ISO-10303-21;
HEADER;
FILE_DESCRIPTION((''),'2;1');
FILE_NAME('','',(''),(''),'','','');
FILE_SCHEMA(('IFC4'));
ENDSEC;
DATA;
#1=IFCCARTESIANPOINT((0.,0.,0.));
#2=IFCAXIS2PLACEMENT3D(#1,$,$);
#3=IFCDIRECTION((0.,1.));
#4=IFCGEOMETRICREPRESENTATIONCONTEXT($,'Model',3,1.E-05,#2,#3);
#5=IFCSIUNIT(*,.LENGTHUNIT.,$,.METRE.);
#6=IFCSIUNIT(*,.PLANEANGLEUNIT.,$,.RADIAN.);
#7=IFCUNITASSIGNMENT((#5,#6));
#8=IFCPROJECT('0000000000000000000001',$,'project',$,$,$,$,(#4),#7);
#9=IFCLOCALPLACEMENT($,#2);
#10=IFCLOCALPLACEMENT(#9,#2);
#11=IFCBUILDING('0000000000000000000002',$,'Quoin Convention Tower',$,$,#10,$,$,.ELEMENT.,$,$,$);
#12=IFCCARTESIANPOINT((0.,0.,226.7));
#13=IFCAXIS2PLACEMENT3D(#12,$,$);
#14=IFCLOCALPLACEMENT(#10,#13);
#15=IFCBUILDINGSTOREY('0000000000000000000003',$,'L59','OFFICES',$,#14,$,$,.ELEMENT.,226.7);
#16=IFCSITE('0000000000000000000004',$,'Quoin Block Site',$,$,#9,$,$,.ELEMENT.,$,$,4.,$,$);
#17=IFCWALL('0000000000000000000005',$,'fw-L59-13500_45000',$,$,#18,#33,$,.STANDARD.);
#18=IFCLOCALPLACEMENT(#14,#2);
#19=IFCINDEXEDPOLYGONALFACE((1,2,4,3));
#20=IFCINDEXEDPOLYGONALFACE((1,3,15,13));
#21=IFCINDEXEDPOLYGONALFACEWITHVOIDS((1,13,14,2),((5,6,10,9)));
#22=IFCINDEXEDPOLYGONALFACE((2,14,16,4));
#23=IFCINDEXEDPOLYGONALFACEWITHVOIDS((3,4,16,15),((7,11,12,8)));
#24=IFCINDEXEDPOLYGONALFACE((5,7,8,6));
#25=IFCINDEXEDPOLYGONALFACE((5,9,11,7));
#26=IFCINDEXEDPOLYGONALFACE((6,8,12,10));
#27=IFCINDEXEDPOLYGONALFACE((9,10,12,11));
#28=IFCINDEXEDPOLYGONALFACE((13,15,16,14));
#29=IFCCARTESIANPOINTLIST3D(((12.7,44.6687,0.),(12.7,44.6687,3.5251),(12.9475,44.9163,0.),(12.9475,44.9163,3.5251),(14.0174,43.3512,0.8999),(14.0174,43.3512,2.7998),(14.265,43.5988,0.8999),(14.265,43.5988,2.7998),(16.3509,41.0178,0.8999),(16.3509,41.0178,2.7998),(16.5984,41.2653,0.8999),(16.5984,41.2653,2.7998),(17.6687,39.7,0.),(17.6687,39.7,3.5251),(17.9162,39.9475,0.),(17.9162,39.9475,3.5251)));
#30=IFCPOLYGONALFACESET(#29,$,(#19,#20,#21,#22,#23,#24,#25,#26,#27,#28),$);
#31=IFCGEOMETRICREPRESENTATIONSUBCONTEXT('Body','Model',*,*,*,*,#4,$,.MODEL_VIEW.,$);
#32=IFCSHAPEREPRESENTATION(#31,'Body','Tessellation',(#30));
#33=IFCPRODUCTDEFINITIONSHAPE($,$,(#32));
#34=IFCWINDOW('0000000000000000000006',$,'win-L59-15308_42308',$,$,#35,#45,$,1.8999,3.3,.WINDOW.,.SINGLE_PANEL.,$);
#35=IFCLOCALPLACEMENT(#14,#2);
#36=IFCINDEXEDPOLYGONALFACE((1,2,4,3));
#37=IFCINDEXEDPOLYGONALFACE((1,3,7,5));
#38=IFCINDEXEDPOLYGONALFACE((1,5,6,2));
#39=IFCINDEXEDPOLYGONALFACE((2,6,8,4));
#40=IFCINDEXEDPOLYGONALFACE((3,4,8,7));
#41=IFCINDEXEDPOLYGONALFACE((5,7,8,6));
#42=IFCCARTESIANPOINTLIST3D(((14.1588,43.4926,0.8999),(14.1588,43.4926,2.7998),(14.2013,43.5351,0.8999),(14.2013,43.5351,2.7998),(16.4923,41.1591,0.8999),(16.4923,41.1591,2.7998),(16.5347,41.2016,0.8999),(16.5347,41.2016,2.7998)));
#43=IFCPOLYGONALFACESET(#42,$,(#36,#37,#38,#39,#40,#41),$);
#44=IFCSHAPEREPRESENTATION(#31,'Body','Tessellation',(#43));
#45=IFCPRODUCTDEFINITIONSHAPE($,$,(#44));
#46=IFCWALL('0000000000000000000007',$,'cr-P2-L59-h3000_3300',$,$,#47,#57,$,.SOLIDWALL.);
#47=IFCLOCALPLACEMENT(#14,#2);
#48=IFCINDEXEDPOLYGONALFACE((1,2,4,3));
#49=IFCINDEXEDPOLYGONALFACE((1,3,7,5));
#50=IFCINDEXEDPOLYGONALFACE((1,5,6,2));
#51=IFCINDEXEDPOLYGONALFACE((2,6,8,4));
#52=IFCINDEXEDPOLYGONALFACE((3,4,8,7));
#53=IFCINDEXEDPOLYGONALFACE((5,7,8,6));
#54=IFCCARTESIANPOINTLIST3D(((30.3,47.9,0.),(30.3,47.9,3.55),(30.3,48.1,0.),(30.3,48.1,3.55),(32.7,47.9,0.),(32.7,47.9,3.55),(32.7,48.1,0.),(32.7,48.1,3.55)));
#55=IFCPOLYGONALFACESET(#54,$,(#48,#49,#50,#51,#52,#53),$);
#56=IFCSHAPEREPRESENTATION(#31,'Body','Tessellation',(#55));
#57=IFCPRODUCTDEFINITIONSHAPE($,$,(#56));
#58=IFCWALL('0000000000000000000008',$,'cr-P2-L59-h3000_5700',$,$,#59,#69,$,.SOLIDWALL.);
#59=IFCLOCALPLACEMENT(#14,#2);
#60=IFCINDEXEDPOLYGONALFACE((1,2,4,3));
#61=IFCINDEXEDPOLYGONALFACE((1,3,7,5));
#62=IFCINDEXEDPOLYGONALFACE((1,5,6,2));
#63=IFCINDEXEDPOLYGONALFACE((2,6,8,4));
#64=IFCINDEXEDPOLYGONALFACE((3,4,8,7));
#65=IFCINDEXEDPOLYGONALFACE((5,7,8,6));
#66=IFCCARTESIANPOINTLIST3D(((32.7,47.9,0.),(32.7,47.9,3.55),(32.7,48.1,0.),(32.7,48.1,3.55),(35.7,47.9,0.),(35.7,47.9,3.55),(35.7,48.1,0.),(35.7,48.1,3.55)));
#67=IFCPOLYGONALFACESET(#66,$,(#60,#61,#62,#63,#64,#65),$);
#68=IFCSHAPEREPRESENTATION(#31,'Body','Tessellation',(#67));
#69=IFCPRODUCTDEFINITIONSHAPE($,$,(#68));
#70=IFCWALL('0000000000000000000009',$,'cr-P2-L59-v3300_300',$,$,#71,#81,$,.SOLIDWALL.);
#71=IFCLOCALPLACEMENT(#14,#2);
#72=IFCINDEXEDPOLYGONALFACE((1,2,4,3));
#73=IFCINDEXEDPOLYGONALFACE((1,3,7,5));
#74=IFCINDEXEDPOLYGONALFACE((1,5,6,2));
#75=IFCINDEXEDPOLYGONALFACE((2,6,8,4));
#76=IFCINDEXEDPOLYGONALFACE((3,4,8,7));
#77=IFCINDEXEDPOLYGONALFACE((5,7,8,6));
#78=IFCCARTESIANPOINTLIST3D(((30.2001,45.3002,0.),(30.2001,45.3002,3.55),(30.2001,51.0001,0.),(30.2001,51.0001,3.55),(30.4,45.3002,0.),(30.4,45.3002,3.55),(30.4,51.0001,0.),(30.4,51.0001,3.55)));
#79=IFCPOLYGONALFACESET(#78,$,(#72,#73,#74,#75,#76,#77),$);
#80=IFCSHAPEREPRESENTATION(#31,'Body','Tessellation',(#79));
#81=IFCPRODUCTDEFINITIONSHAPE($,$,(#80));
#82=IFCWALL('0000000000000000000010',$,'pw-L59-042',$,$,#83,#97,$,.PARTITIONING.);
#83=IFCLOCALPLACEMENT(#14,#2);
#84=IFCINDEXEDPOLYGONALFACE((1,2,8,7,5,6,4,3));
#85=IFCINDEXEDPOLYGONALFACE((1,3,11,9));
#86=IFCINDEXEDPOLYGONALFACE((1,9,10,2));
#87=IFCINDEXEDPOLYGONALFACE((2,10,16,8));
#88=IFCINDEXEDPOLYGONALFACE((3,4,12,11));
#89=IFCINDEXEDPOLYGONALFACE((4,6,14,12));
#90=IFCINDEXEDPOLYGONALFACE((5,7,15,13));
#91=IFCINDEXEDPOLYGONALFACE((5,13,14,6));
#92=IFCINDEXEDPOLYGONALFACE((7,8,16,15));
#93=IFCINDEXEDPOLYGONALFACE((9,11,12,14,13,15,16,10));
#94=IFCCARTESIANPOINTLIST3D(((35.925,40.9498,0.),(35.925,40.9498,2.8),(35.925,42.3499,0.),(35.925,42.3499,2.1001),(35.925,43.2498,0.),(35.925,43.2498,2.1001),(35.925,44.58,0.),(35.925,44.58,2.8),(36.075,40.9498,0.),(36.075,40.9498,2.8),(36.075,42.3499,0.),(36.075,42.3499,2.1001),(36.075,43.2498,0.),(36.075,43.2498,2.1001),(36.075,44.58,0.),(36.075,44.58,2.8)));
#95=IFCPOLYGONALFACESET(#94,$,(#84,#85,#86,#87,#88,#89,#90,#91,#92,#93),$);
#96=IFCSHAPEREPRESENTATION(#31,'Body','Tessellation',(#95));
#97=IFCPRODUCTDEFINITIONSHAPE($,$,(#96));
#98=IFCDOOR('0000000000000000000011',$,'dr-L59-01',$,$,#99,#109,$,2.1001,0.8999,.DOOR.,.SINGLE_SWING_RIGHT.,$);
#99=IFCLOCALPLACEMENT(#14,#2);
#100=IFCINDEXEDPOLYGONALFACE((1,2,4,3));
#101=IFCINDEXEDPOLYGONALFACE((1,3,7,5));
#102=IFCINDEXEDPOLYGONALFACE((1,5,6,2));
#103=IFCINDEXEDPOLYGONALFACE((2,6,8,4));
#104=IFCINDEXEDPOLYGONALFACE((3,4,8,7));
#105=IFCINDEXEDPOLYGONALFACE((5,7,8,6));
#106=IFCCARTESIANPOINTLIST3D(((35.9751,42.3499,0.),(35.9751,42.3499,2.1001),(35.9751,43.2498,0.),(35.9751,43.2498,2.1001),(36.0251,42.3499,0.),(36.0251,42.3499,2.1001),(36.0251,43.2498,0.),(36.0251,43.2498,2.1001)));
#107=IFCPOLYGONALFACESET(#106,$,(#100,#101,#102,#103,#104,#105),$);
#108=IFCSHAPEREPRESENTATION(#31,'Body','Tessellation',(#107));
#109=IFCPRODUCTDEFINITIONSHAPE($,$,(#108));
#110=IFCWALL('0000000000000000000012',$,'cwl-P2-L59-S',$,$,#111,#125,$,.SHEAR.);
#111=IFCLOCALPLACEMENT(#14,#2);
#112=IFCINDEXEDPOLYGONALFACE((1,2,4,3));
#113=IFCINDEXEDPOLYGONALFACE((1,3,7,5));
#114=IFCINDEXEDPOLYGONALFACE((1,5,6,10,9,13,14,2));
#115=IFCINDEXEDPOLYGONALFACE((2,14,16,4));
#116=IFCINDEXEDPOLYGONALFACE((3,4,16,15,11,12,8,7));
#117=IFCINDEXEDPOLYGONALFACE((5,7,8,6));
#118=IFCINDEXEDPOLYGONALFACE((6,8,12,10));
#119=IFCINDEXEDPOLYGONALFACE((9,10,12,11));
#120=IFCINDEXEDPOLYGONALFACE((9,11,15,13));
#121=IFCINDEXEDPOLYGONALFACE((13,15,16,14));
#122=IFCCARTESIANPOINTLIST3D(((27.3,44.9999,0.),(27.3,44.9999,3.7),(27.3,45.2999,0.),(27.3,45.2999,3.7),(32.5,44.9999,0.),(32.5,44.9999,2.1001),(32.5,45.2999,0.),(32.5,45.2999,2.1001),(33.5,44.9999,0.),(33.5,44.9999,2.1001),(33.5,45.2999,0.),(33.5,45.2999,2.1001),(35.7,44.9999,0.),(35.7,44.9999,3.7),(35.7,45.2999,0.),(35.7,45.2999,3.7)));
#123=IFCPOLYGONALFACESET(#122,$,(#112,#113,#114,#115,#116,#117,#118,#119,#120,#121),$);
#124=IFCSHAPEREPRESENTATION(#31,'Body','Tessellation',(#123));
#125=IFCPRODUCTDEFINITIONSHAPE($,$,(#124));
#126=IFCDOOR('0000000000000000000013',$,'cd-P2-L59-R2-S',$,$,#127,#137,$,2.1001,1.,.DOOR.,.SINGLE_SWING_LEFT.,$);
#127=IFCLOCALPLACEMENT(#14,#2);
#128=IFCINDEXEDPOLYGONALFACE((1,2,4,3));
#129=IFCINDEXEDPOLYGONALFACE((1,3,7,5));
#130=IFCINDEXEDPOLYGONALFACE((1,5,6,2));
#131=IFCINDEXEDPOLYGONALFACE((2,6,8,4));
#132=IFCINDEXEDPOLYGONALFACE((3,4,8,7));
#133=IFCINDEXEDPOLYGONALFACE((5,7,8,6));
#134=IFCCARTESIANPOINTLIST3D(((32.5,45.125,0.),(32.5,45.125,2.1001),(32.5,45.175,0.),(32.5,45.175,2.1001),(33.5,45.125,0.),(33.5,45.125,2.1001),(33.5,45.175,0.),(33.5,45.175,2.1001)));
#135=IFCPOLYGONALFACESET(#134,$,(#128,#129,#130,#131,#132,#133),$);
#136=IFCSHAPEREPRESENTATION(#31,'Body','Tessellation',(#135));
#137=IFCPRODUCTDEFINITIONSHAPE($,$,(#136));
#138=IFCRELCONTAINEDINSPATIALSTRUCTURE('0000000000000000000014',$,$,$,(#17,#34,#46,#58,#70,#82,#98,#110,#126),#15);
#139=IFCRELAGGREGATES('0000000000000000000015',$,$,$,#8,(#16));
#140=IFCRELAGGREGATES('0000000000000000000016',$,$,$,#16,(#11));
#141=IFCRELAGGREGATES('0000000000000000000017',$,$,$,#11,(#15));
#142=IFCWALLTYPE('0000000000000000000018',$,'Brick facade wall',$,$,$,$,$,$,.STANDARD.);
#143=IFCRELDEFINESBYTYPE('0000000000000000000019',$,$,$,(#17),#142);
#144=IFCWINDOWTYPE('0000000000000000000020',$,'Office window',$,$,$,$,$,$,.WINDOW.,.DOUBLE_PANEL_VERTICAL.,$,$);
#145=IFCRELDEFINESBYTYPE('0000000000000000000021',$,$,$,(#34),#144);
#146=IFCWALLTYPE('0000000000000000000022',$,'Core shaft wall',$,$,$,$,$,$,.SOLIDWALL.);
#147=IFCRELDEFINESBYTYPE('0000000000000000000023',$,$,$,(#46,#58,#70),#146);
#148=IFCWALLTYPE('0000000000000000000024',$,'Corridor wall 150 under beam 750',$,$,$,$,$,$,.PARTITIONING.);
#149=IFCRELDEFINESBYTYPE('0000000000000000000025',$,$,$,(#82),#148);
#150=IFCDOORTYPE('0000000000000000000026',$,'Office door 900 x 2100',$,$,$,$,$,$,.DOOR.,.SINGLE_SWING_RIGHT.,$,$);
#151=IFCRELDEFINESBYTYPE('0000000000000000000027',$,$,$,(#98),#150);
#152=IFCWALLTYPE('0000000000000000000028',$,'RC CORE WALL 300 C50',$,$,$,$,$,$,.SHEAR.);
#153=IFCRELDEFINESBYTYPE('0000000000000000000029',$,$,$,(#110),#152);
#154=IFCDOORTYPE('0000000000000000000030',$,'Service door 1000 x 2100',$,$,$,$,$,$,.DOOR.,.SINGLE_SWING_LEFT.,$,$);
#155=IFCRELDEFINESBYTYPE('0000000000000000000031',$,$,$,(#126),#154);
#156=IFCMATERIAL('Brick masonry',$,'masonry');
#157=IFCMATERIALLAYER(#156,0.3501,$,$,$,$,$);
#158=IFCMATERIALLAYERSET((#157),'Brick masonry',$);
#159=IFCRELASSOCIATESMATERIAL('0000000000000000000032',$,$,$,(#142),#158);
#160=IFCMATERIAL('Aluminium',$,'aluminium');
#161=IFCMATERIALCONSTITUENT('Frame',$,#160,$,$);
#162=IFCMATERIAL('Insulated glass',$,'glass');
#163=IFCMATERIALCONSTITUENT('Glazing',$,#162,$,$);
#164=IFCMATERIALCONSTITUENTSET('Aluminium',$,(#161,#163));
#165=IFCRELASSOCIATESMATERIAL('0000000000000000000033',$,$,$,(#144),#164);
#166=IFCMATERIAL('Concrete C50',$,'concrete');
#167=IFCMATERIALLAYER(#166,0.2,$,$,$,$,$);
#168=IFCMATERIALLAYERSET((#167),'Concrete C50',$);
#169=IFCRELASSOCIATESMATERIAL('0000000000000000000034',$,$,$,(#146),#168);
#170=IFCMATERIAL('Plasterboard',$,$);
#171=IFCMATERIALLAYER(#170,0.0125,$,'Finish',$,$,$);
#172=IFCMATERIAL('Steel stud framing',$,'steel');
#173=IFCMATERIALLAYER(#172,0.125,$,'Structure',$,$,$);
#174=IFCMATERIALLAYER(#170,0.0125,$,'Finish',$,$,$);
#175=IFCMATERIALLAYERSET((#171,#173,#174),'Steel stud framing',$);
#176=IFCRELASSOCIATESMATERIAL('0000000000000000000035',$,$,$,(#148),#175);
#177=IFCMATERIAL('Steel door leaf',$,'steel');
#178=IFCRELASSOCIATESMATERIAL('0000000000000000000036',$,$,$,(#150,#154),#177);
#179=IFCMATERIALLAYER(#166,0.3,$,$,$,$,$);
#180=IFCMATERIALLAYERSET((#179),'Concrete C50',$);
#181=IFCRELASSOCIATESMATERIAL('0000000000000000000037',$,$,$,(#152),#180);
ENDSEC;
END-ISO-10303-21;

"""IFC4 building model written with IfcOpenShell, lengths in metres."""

from ifc_helpers import new_model, si_unit, direction, frame, frame_2d, origin, place, context, subcontext, project, spatial, rectangle, extrude, material, layer, layer_set, constituent, constituent_set, type_object, element, fill, save


model = new_model("IFC4")

# Units and contexts
model_context = context("Model", 3, precision=1e-05, world=origin(), true_north=direction((0.0, 1.0)))
body_context = subcontext(model_context, "Body", "Model", "MODEL_VIEW")
ifc_project = project(units=[si_unit("LENGTHUNIT", "METRE"), si_unit("PLANEANGLEUNIT", "RADIAN")], contexts=[model_context])

# Site, building, storey
site_placement = place(None, origin())
site = spatial("IfcSite", under=ifc_project, at=site_placement, Name="Quoin Block Site", CompositionType="ELEMENT", RefElevation=4.0)
building_placement = place(site_placement, origin())
building = spatial("IfcBuilding", under=site, at=building_placement, Name="Quoin Convention Tower", CompositionType="ELEMENT")
storey_placement = place(building_placement, frame((0.0, 0.0, 226.7)))
storey = spatial("IfcBuildingStorey", under=building, at=storey_placement, Name="L59", Description="OFFICES", CompositionType="ELEMENT", Elevation=226.7)

# Shared definitions
ifc_material_1 = material(Name="Concrete C50", Category="concrete")

# Wall, opening, window
ifc_material_2 = material(Name="Brick masonry", Category="masonry")
ifc_layer_1 = layer(ifc_material_2, 0.3501)
ifc_layer_set_1 = layer_set([ifc_layer_1], Name="Brick masonry")
wall_type_1 = type_object("IfcWallType", Name="Brick facade wall", PredefinedType="STANDARD", material=ifc_layer_set_1)
wall_1_placement = place(storey_placement, frame((12.8237, 44.7925, 0.0), z_axis=(0.0, 0.0, 1.0), x_axis=(0.707107, -0.707107, 0.0)))
wall_1 = element("IfcWall", 1, at=wall_1_placement, inside=storey, type_object=wall_type_1, Name="fw-L59-13500_45000", PredefinedType="STANDARD", context=body_context, shape_type="SweptSolid", body=[
    extrude(rectangle(XDim=7.0269, YDim=0.3501, at=frame_2d((3.5134, 0.0))), origin(), (0.0, 0.0, 1.0), 3.5251),
])
opening_1_placement = place(wall_1_placement, frame((1.8633, 0.0, 0.8999)))
opening_1 = element("IfcOpeningElement", 2, at=opening_1_placement, cuts=wall_1, PredefinedType="OPENING", context=body_context, shape_type="SweptSolid", body=[
    extrude(rectangle(XDim=3.3, YDim=1.8999, at=frame_2d((1.6499, 0.95))), frame((0.0, 0.1851, 0.0), z_axis=(0.0, -1.0, 0.0), x_axis=(1.0, 0.0, 0.0)), (0.0, 0.0, 1.0), 0.3701),
])
ifc_material_3 = material(Name="Aluminium", Category="aluminium")
ifc_constituent_1 = constituent(ifc_material_3, Name="Frame")
ifc_material_4 = material(Name="Insulated glass", Category="glass")
ifc_constituent_2 = constituent(ifc_material_4, Name="Glazing")
ifc_constituent_set = constituent_set(constituents=[ifc_constituent_1, ifc_constituent_2], Name="Aluminium")
window_type = type_object("IfcWindowType", Name="Office window", PartitioningType="DOUBLE_PANEL_VERTICAL", PredefinedType="WINDOW", material=ifc_constituent_set)
window_placement = place(opening_1_placement, origin())
window = element("IfcWindow", 3, at=window_placement, inside=storey, type_object=window_type, Name="win-L59-15308_42308", OverallHeight=1.8999, OverallWidth=3.3, PartitioningType="SINGLE_PANEL", PredefinedType="WINDOW", context=body_context, shape_type="SweptSolid", body=[
    extrude(rectangle(XDim=3.3, YDim=1.8999, at=frame_2d((1.6499, 0.95))), frame((0.0, 0.085, 0.0), z_axis=(0.0, -1.0, 0.0), x_axis=(1.0, 0.0, 0.0)), (0.0, 0.0, 1.0), 0.0601),
])
fill(opening_1, window)

# Walls
ifc_layer_2 = layer(ifc_material_1, 0.2)
ifc_layer_set_2 = layer_set([ifc_layer_2], Name="Concrete C50")
wall_type_2 = type_object("IfcWallType", Name="Core shaft wall", PredefinedType="SOLIDWALL", material=ifc_layer_set_2)
wall_2_placement = place(storey_placement, frame((30.3, 48.0, 0.0), z_axis=(0.0, 0.0, 1.0), x_axis=(1.0, 0.0, 0.0)))
element("IfcWall", 4, at=wall_2_placement, inside=storey, type_object=wall_type_2, Name="cr-P2-L59-h3000_3300", PredefinedType="SOLIDWALL", context=body_context, shape_type="SweptSolid", body=[
    extrude(rectangle(XDim=2.3999, YDim=0.2, at=frame_2d((1.2, 0.0))), origin(), (0.0, 0.0, 1.0), 3.55),
])
wall_3_placement = place(storey_placement, frame((32.7, 48.0, 0.0), z_axis=(0.0, 0.0, 1.0), x_axis=(1.0, 0.0, 0.0)))
element("IfcWall", 5, at=wall_3_placement, inside=storey, type_object=wall_type_2, Name="cr-P2-L59-h3000_5700", PredefinedType="SOLIDWALL", context=body_context, shape_type="SweptSolid", body=[
    extrude(rectangle(XDim=3.0, YDim=0.2, at=frame_2d((1.5, 0.0))), origin(), (0.0, 0.0, 1.0), 3.55),
])
wall_4_placement = place(storey_placement, frame((30.3, 45.3, 0.0), z_axis=(0.0, 0.0, 1.0), x_axis=(0.0, 1.0, 0.0)))
element("IfcWall", 6, at=wall_4_placement, inside=storey, type_object=wall_type_2, Name="cr-P2-L59-v3300_300", PredefinedType="SOLIDWALL", context=body_context, shape_type="SweptSolid", body=[
    extrude(rectangle(XDim=5.7, YDim=0.2, at=frame_2d((2.8501, 0.0))), origin(), (0.0, 0.0, 1.0), 3.55),
])

# Walls, openings, doors
ifc_material_5 = material(Name="Plasterboard")
ifc_layer_3 = layer(ifc_material_5, 0.0125, Name="Finish")
ifc_material_6 = material(Name="Steel stud framing", Category="steel")
ifc_layer_4 = layer(ifc_material_6, 0.125, Name="Structure")
ifc_layer_5 = layer(ifc_material_5, 0.0125, Name="Finish")
ifc_layer_set_3 = layer_set([ifc_layer_3, ifc_layer_4, ifc_layer_5], Name="Steel stud framing")
wall_type_3 = type_object("IfcWallType", Name="Corridor wall 150 under beam 750", PredefinedType="PARTITIONING", material=ifc_layer_set_3)
wall_5_placement = place(storey_placement, frame((36.0, 40.95, 0.0), z_axis=(0.0, 0.0, 1.0), x_axis=(0.0, 1.0, 0.0)))
wall_5 = element("IfcWall", 7, at=wall_5_placement, inside=storey, type_object=wall_type_3, Name="pw-L59-042", PredefinedType="PARTITIONING", context=body_context, shape_type="SweptSolid", body=[
    extrude(rectangle(XDim=3.6301, YDim=0.1499, at=frame_2d((1.8149, 0.0))), origin(), (0.0, 0.0, 1.0), 2.8),
])
opening_2_placement = place(wall_5_placement, frame((1.3999, 0.0, 0.0)))
opening_2 = element("IfcOpeningElement", 8, at=opening_2_placement, cuts=wall_5, PredefinedType="OPENING", context=body_context, shape_type="SweptSolid", body=[
    extrude(rectangle(XDim=0.8999, YDim=2.1001, at=frame_2d((0.45, 1.05))), frame((0.0, 0.085, 0.0), z_axis=(0.0, -1.0, 0.0), x_axis=(1.0, 0.0, 0.0)), (0.0, 0.0, 1.0), 0.1699),
])
ifc_material_7 = material(Name="Steel door leaf", Category="steel")
door_type_1 = type_object("IfcDoorType", Name="Office door 900 x 2100", OperationType="SINGLE_SWING_RIGHT", PredefinedType="DOOR", material=ifc_material_7)
door_1_placement = place(opening_2_placement, origin())
door_1 = element("IfcDoor", 9, at=door_1_placement, inside=storey, type_object=door_type_1, Name="dr-L59-01", OperationType="SINGLE_SWING_RIGHT", OverallHeight=2.1001, OverallWidth=0.8999, PredefinedType="DOOR", context=body_context, shape_type="SweptSolid", body=[
    extrude(rectangle(XDim=0.8999, YDim=2.1001, at=frame_2d((0.45, 1.05))), frame((0.0, 0.0249, 0.0), z_axis=(0.0, -1.0, 0.0), x_axis=(1.0, 0.0, 0.0)), (0.0, 0.0, 1.0), 0.05),
])
fill(opening_2, door_1)
ifc_layer_6 = layer(ifc_material_1, 0.3)
ifc_layer_set_4 = layer_set([ifc_layer_6], Name="Concrete C50")
wall_type_4 = type_object("IfcWallType", Name="RC CORE WALL 300 C50", PredefinedType="SHEAR", material=ifc_layer_set_4)
wall_6_placement = place(storey_placement, frame((27.3, 45.1499, 0.0), z_axis=(0.0, 0.0, 1.0), x_axis=(1.0, 0.0, 0.0)))
wall_6 = element("IfcWall", 10, at=wall_6_placement, inside=storey, type_object=wall_type_4, Name="cwl-P2-L59-S", PredefinedType="SHEAR", context=body_context, shape_type="SweptSolid", body=[
    extrude(rectangle(XDim=8.3999, YDim=0.3, at=frame_2d((4.2, 0.0))), origin(), (0.0, 0.0, 1.0), 3.7),
])
opening_3_placement = place(wall_6_placement, frame((5.2, 0.0, 0.0)))
opening_3 = element("IfcOpeningElement", 11, at=opening_3_placement, cuts=wall_6, PredefinedType="OPENING", context=body_context, shape_type="SweptSolid", body=[
    extrude(rectangle(XDim=1.0, YDim=2.1001, at=frame_2d((0.5, 1.05))), frame((0.0, 0.1599, 0.0), z_axis=(0.0, -1.0, 0.0), x_axis=(1.0, 0.0, 0.0)), (0.0, 0.0, 1.0), 0.3201),
])
door_type_2 = type_object("IfcDoorType", Name="Service door 1000 x 2100", OperationType="SINGLE_SWING_LEFT", PredefinedType="DOOR", material=ifc_material_7)
door_2_placement = place(opening_3_placement, frame((1.0, 0.0, 0.0), z_axis=(0.0, 0.0, 1.0), x_axis=(-1.0, 0.0, 0.0)))
door_2 = element("IfcDoor", 12, at=door_2_placement, inside=storey, type_object=door_type_2, Name="cd-P2-L59-R2-S", OperationType="SINGLE_SWING_LEFT", OverallHeight=2.1001, OverallWidth=1.0, PredefinedType="DOOR", context=body_context, shape_type="SweptSolid", body=[
    extrude(rectangle(XDim=1.0, YDim=2.1001, at=frame_2d((0.5, 1.05))), frame((0.0, 0.0249, 0.0), z_axis=(0.0, -1.0, 0.0), x_axis=(1.0, 0.0, 0.0)), (0.0, 0.0, 1.0), 0.05),
])
fill(opening_3, door_2)

save(model, "model.ifc")
